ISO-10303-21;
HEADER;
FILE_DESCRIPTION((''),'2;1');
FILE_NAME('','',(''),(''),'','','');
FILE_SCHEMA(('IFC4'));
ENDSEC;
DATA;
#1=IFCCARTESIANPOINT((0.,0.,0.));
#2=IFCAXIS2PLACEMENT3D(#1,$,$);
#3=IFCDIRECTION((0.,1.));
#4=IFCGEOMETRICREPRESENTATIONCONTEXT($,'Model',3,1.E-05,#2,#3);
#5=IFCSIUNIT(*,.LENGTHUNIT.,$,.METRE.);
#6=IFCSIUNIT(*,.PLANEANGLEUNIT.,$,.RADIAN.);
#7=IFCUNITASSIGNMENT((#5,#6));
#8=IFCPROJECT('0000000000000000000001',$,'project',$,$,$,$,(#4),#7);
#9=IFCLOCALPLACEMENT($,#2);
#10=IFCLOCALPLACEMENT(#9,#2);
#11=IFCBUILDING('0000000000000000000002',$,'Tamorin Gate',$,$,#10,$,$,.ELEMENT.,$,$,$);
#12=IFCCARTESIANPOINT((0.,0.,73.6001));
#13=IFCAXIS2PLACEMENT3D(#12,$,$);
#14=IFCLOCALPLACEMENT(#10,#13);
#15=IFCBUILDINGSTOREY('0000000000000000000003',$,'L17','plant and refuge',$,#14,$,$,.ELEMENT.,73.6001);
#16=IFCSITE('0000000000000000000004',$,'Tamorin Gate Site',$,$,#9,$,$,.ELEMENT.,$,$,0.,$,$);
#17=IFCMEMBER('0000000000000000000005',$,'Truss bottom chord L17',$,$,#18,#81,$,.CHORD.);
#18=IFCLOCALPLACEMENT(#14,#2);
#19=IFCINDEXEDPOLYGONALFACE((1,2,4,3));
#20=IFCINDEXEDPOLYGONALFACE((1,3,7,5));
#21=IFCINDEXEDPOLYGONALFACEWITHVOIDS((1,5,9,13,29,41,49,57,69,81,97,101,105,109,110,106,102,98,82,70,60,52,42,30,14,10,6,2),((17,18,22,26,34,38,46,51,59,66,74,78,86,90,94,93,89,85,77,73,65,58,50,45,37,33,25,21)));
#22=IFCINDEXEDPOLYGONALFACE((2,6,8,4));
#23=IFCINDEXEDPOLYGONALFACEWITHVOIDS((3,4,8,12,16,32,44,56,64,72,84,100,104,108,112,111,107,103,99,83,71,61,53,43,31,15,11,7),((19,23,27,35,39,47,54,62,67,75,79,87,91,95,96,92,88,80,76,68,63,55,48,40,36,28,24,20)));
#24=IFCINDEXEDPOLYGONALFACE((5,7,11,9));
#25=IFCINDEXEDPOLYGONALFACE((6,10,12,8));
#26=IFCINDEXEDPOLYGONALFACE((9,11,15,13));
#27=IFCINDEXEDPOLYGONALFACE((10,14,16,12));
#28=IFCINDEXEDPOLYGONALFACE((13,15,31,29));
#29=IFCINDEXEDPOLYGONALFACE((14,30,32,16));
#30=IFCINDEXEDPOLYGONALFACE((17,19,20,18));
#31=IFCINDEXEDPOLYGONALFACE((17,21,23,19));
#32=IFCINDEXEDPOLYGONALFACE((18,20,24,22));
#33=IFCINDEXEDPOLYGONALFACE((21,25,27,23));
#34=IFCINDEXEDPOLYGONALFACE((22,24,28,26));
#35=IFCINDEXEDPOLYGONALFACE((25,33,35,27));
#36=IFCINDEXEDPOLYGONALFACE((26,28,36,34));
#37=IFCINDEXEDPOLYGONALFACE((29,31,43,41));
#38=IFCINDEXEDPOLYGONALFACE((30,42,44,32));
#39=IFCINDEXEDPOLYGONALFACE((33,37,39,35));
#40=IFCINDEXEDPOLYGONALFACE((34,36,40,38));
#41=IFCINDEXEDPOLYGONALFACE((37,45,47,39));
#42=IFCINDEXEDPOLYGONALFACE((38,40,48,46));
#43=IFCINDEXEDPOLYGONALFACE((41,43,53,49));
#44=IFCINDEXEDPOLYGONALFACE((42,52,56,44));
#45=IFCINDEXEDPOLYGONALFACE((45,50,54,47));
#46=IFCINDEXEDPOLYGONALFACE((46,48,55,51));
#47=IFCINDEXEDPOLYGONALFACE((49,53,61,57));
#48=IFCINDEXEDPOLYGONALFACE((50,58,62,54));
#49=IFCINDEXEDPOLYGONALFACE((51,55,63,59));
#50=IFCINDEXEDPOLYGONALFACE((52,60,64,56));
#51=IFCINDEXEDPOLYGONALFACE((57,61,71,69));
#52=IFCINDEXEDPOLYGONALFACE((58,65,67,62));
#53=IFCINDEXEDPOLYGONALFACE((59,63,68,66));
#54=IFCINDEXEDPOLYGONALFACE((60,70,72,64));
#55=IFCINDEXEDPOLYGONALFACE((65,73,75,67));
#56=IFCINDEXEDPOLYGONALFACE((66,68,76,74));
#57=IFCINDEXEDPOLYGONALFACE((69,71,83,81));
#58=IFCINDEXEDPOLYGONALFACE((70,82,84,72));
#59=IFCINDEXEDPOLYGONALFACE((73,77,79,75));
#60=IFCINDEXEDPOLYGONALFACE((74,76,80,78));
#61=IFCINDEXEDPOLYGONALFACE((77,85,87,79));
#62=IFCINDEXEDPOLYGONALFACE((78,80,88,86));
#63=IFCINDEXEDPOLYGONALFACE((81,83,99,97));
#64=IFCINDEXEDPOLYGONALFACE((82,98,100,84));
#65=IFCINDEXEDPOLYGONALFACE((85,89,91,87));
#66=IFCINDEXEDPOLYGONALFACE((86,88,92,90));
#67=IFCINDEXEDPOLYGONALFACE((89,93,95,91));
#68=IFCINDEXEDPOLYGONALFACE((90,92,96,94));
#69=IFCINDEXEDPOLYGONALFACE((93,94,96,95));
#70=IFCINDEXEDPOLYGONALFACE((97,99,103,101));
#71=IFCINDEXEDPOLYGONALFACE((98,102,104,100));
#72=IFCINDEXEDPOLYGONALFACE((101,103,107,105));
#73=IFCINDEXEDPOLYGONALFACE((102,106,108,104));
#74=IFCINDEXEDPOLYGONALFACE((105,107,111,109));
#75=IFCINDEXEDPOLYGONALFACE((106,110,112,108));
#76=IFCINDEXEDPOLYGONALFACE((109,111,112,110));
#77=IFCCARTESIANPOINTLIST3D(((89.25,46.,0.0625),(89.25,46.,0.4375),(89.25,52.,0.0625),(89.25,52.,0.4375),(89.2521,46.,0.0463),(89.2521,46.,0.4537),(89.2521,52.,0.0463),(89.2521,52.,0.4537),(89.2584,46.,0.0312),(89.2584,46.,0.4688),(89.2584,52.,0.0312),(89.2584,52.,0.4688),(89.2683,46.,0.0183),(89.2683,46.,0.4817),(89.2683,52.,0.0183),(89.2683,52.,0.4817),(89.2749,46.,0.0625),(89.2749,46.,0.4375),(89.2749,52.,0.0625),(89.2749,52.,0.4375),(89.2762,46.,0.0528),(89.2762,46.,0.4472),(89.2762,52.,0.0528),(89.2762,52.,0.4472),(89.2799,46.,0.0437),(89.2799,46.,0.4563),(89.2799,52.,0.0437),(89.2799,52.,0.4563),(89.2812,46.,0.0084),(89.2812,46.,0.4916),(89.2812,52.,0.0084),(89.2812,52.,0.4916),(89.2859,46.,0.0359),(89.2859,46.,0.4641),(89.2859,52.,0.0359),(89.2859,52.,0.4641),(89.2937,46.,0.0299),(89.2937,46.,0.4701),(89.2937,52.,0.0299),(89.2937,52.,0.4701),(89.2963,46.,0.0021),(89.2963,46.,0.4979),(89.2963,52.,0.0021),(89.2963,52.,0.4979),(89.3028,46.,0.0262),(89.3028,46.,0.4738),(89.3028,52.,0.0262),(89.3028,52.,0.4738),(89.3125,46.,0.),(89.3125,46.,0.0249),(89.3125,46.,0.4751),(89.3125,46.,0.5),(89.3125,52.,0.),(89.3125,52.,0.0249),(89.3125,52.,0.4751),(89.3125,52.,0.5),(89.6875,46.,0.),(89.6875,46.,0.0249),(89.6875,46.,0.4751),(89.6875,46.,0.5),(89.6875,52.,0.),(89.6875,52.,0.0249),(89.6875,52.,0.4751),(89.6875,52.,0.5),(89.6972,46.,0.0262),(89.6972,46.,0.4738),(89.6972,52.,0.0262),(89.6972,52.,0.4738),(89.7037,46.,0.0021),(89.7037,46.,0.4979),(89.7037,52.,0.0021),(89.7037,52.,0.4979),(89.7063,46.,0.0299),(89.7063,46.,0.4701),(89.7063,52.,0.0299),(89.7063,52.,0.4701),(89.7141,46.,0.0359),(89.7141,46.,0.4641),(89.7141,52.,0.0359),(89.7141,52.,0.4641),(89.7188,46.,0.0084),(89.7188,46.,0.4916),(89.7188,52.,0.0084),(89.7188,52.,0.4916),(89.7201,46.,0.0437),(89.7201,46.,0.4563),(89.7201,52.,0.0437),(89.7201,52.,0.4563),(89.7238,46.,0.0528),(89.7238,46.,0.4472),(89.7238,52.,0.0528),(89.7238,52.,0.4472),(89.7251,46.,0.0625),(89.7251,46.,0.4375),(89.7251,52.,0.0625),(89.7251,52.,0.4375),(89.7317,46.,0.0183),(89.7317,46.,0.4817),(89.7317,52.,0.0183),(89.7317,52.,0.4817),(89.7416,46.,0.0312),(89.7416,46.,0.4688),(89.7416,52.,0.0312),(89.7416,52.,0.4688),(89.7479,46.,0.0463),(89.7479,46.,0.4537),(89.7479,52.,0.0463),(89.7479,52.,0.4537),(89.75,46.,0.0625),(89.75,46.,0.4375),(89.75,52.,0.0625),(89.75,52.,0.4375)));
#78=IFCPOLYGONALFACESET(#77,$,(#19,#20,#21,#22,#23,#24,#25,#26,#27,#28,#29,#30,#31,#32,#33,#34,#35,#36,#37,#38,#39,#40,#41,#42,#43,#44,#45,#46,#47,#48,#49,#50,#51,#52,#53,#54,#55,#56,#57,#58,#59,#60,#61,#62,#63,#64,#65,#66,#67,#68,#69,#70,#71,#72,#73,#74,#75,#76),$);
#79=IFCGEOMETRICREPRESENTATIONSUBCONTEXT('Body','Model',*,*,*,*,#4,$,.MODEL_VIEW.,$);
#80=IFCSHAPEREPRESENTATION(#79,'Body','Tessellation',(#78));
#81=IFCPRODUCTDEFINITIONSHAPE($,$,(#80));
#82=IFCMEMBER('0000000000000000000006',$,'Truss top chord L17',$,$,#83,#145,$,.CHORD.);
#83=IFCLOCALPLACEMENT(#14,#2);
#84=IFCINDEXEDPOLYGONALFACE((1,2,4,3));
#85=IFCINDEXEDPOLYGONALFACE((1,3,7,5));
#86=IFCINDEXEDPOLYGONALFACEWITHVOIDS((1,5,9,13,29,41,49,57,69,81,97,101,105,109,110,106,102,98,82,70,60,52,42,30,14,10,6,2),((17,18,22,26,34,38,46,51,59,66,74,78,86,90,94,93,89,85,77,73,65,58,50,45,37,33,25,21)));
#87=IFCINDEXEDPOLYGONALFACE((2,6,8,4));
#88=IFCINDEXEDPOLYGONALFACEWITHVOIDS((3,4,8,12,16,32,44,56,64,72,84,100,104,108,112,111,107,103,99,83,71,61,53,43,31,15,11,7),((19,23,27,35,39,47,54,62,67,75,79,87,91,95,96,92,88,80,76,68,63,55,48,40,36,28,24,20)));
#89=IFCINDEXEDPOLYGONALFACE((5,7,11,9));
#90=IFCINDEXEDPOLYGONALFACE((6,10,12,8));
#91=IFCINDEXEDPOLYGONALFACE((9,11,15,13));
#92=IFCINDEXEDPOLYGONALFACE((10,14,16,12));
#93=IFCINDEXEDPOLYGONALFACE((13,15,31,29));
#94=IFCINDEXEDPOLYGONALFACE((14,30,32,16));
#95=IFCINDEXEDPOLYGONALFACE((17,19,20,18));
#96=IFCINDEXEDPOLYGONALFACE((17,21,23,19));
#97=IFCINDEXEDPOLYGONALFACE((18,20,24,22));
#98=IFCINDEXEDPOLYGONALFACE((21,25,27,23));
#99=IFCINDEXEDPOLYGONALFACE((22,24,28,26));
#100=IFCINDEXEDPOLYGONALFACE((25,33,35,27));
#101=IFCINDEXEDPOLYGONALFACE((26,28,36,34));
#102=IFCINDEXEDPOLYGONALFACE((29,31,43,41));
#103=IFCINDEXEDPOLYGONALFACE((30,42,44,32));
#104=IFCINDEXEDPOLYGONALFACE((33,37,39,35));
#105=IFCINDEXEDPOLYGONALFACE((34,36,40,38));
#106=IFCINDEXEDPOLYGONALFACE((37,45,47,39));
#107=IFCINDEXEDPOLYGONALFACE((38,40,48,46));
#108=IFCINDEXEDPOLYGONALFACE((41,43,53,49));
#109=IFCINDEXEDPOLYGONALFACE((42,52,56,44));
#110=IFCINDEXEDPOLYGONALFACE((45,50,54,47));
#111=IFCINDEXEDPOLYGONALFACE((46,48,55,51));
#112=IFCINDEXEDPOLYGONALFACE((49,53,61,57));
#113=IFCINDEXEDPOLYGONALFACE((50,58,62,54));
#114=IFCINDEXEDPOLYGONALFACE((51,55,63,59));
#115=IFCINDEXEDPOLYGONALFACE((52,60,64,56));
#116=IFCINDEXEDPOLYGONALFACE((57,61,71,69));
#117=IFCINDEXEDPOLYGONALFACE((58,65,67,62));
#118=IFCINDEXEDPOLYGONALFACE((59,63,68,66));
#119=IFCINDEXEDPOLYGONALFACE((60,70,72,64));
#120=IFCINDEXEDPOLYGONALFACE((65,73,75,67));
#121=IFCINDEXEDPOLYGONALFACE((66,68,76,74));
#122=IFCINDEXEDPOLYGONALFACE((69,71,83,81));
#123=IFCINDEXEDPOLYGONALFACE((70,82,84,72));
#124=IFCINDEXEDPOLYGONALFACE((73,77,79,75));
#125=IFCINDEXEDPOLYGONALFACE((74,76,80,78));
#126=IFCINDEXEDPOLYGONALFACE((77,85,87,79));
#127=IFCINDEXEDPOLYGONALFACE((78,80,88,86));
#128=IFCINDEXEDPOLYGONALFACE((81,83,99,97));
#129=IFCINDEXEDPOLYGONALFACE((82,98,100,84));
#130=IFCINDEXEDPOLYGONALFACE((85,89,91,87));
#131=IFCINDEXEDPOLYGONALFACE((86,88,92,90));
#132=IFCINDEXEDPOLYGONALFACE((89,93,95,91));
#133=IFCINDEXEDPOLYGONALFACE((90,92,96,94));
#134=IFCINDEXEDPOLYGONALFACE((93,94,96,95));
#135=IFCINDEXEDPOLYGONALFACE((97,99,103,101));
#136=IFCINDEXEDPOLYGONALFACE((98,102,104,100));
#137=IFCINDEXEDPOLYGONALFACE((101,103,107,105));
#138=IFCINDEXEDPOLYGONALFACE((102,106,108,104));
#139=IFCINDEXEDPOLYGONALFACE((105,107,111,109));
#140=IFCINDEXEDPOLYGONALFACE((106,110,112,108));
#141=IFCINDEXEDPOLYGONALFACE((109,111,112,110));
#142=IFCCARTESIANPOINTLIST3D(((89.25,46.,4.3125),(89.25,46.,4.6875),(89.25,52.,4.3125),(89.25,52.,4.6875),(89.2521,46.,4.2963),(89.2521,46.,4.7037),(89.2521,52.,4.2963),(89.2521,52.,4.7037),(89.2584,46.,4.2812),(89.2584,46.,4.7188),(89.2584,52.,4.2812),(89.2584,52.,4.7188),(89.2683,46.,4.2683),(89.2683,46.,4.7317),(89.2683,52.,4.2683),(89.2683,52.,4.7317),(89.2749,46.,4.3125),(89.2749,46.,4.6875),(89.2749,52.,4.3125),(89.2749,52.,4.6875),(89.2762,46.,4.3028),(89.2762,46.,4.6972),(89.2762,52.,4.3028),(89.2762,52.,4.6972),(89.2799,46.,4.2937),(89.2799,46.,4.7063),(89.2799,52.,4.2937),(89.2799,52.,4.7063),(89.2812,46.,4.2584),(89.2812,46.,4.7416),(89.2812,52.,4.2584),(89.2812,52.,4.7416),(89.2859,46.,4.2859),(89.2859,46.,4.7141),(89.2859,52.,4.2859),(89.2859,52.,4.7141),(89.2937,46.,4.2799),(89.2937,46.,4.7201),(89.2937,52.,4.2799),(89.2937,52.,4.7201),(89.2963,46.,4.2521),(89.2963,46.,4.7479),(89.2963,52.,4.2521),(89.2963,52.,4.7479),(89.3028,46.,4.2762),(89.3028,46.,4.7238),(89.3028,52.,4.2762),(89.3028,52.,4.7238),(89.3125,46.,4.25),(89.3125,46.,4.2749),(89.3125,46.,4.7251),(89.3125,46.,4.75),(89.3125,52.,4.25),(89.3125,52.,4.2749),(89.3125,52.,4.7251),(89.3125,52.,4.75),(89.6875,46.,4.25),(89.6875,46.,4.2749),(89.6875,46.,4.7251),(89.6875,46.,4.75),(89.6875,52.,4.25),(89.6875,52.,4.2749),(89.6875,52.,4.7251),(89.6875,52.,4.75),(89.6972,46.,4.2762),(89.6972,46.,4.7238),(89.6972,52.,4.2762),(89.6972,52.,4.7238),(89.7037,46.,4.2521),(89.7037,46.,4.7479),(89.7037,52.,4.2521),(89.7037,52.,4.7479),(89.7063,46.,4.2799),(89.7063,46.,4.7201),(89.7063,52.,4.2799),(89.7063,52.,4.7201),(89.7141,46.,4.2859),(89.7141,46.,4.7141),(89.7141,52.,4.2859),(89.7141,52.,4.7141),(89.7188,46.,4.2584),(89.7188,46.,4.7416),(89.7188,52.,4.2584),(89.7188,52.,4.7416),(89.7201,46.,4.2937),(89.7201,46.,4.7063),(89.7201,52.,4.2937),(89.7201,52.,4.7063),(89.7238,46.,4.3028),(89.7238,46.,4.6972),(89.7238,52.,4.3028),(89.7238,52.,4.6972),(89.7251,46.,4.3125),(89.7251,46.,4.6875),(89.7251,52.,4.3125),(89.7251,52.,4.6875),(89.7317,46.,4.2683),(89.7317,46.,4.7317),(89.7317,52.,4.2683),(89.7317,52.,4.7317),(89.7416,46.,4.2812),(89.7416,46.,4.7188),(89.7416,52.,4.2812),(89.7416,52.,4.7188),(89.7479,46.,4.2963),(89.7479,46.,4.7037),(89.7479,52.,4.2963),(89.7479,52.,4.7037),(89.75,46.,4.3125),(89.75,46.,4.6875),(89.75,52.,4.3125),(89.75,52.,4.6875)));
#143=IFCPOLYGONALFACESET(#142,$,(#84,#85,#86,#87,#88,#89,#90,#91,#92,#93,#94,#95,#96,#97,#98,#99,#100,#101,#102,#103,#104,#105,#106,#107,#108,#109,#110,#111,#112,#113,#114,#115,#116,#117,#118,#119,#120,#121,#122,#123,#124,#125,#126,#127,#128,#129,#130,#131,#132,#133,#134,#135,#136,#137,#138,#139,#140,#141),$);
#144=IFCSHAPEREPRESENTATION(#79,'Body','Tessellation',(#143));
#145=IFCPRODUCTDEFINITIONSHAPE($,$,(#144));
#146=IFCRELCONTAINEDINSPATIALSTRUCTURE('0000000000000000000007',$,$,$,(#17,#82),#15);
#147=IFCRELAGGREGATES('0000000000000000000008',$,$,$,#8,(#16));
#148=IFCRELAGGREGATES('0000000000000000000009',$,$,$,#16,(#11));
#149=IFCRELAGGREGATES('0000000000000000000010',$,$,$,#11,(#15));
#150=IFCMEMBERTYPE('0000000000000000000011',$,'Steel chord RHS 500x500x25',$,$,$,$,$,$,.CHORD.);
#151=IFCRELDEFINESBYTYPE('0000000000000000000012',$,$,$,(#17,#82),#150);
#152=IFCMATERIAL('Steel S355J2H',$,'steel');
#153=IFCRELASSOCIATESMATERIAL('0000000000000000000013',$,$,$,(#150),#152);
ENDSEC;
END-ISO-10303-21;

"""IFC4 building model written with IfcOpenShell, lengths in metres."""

from ifc_helpers import new_model, si_unit, direction, frame, origin, origin_2d, place, context, subcontext, project, spatial, hollow_rectangle, extrude, material, material_profile, profile_set, type_object, element, save


model = new_model("IFC4")

# Units and contexts
model_context = context("Model", 3, precision=1e-05, world=origin(), true_north=direction((0.0, 1.0)))
body_context = subcontext(model_context, "Body", "Model", "MODEL_VIEW")
ifc_project = project(units=[si_unit("LENGTHUNIT", "METRE"), si_unit("PLANEANGLEUNIT", "RADIAN")], contexts=[model_context])

# Site, building, storey
site_placement = place(None, origin())
site = spatial("IfcSite", under=ifc_project, at=site_placement, Name="Tamorin Gate Site", CompositionType="ELEMENT", RefElevation=0.0)
building_placement = place(site_placement, origin())
building = spatial("IfcBuilding", under=site, at=building_placement, Name="Tamorin Gate", CompositionType="ELEMENT")
storey_placement = place(building_placement, frame((0.0, 0.0, 73.6001)))
storey = spatial("IfcBuildingStorey", under=building, at=storey_placement, Name="L17", Description="plant and refuge", CompositionType="ELEMENT", Elevation=73.6001)

# Members
ifc_material_1 = material(Name="Steel S355J2H", Category="steel")
ifc_material_profile_1 = material_profile(ifc_material_1, hollow_rectangle(XDim=0.5, YDim=0.5, WallThickness=0.0249, InnerFilletRadius=0.0376, OuterFilletRadius=0.0625, at=origin_2d()), Name="RHS 500x500x25")
ifc_profile_set_1 = profile_set([ifc_material_profile_1], Name="Steel S355J2H")
member_type_1 = type_object("IfcMemberType", Name="Steel chord RHS 500x500x25", PredefinedType="CHORD", material=ifc_profile_set_1)
for number, where, z_axis, x_axis, name in (
    (1, (89.5, 46.0, 0.25), (0.0, 1.0, 0.0), (-1.0, 0.0, 0.0), "Truss bottom chord L17"),
    (2, (89.5, 46.0, 4.5), (0.0, 1.0, 0.0), (-1.0, 0.0, 0.0), "Truss top chord L17"),
):
    element("IfcMember", number, at=place(storey_placement, frame(where, z_axis=z_axis, x_axis=x_axis)), inside=storey, type_object=member_type_1, Name=name, PredefinedType="CHORD", context=body_context, shape_type="SweptSolid", body=[
        extrude(hollow_rectangle(XDim=0.5, YDim=0.5, WallThickness=0.0249, InnerFilletRadius=0.0376, OuterFilletRadius=0.0625, at=origin_2d()), origin(), (0.0, 0.0, 1.0), 6.0),
    ])

save(model, "model.ifc")
